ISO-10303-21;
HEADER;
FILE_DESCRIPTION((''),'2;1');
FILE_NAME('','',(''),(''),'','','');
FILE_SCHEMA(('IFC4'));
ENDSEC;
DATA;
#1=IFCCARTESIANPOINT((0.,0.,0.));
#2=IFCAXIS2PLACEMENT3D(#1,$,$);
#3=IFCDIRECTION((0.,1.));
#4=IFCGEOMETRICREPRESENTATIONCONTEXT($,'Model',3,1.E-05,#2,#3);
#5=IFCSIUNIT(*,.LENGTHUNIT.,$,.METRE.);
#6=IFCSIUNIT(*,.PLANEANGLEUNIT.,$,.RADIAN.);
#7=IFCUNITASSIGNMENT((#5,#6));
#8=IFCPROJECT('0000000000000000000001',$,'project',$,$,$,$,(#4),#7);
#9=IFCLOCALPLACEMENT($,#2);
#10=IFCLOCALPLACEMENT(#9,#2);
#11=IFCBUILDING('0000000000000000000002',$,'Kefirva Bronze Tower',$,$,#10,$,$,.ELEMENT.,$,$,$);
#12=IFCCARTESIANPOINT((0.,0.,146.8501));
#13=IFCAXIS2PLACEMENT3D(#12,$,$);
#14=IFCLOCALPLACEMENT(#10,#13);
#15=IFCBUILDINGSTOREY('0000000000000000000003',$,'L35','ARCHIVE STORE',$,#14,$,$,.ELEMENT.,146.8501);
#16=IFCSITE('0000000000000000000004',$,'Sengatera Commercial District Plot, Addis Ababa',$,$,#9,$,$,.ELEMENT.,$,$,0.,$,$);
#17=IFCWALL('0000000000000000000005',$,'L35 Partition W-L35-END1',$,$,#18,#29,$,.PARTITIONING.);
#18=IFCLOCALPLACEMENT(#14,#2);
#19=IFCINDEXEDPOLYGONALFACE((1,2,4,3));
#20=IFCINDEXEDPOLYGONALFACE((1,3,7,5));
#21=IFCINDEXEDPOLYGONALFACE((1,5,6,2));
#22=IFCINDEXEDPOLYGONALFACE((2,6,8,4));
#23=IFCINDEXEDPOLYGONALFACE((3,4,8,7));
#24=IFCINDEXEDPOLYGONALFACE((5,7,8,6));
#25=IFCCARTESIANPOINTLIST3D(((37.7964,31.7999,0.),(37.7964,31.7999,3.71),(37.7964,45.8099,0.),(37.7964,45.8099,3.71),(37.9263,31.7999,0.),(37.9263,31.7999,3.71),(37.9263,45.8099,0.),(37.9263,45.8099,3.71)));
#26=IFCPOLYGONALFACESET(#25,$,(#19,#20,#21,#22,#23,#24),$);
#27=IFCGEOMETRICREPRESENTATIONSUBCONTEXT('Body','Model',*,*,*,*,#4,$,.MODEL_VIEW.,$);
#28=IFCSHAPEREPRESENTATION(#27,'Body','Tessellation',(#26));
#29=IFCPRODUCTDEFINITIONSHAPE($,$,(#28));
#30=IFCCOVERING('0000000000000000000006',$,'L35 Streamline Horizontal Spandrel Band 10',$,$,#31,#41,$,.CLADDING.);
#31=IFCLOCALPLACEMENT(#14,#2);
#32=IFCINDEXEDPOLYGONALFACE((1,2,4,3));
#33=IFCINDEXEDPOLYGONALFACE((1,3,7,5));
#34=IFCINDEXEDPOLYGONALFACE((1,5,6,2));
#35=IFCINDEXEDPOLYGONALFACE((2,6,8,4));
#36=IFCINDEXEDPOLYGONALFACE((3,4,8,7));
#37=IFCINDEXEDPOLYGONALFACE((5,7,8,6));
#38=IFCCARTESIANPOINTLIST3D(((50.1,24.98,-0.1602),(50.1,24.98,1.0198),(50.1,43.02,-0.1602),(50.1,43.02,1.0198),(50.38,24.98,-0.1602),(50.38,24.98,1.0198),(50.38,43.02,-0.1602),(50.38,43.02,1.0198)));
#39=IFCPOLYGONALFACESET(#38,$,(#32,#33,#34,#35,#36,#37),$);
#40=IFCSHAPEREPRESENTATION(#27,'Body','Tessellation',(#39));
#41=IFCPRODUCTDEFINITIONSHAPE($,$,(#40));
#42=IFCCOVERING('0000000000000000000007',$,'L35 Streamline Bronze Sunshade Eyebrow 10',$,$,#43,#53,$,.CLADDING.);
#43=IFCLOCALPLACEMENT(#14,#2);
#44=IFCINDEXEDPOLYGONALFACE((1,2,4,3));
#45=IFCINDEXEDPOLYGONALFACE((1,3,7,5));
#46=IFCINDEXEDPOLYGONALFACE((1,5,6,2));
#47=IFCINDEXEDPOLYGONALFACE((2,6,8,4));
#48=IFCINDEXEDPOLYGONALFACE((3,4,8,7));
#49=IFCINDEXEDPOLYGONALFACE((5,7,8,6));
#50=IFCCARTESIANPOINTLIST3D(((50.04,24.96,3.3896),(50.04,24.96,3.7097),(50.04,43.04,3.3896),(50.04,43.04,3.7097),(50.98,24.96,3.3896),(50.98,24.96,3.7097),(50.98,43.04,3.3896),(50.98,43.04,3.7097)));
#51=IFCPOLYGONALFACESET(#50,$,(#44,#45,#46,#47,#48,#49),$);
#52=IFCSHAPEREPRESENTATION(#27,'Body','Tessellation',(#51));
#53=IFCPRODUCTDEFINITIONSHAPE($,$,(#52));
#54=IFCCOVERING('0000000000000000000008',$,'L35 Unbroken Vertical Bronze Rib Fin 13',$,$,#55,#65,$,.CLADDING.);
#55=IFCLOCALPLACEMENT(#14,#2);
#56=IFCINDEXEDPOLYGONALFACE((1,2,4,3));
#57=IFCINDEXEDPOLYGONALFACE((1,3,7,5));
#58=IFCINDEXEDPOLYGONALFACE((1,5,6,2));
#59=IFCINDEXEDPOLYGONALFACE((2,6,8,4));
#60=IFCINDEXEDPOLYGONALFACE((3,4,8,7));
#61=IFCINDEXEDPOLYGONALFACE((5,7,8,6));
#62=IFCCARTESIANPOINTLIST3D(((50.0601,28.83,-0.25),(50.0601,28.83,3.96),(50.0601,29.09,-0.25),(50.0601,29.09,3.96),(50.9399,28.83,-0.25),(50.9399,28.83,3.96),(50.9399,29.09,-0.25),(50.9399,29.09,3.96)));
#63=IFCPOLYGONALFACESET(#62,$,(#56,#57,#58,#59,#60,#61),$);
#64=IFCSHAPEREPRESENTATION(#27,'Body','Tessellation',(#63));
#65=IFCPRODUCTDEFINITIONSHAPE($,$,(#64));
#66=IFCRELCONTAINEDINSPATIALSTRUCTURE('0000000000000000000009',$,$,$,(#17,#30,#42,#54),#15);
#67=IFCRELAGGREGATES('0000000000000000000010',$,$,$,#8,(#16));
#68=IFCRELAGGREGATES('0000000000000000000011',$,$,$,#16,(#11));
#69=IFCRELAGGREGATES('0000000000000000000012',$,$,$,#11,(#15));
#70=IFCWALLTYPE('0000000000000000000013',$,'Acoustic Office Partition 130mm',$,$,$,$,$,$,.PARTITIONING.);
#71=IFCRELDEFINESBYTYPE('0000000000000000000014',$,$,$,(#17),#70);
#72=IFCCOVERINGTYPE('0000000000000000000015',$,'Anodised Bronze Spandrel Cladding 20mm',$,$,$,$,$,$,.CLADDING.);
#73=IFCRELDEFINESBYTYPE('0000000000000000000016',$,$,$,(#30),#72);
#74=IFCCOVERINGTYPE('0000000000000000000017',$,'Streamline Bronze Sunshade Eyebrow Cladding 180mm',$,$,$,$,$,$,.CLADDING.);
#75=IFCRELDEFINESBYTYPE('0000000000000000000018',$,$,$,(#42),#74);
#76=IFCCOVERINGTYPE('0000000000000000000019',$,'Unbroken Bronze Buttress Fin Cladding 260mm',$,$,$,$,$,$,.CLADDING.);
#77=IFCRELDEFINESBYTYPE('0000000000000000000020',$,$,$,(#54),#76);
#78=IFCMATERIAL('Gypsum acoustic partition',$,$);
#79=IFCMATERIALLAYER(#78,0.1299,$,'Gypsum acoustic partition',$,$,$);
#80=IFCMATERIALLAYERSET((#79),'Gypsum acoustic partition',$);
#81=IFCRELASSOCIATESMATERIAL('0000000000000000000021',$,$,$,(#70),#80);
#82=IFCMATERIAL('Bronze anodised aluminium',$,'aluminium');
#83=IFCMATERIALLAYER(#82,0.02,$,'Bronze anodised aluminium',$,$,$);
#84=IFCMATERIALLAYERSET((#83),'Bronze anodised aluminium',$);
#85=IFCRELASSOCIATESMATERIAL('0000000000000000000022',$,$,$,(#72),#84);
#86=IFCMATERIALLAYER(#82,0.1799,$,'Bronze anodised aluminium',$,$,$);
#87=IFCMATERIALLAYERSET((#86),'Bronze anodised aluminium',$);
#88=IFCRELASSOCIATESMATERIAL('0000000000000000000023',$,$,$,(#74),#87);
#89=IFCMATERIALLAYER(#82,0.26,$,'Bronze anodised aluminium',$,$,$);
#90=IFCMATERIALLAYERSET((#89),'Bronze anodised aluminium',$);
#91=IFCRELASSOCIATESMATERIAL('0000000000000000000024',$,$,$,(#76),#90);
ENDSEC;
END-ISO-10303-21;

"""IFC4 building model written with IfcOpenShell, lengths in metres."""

from ifc_helpers import new_model, si_unit, direction, frame, frame_2d, origin, origin_2d, place, context, subcontext, project, spatial, rectangle, extrude, material, layer, layer_set, type_object, element, save


model = new_model("IFC4")

# Units and contexts
model_context = context("Model", 3, precision=1e-05, world=origin(), true_north=direction((0.0, 1.0)))
body_context = subcontext(model_context, "Body", "Model", "MODEL_VIEW")
ifc_project = project(units=[si_unit("LENGTHUNIT", "METRE"), si_unit("PLANEANGLEUNIT", "RADIAN")], contexts=[model_context])

# Site, building, storey
site_placement = place(None, origin())
site = spatial("IfcSite", under=ifc_project, at=site_placement, Name="Sengatera Commercial District Plot, Addis Ababa", CompositionType="ELEMENT", RefElevation=0.0)
building_placement = place(site_placement, origin())
building = spatial("IfcBuilding", under=site, at=building_placement, Name="Kefirva Bronze Tower", CompositionType="ELEMENT")
storey_placement = place(building_placement, frame((0.0, 0.0, 146.8501)))
storey = spatial("IfcBuildingStorey", under=building, at=storey_placement, Name="L35", Description="ARCHIVE STORE", CompositionType="ELEMENT", Elevation=146.8501)

# Shared definitions
ifc_material_1 = material(Name="Bronze anodised aluminium", Category="aluminium")

# Wall
ifc_material_2 = material(Name="Gypsum acoustic partition")
ifc_layer_1 = layer(ifc_material_2, 0.1299, Name="Gypsum acoustic partition")
ifc_layer_set_1 = layer_set([ifc_layer_1], Name="Gypsum acoustic partition")
wall_type = type_object("IfcWallType", Name="Acoustic Office Partition 130mm", PredefinedType="PARTITIONING", material=ifc_layer_set_1)
wall_placement = place(storey_placement, frame((37.8613, 31.8, 0.0), z_axis=(0.0, 0.0, 1.0), x_axis=(0.0, 1.0, 0.0)))
element("IfcWall", 1, at=wall_placement, inside=storey, type_object=wall_type, Name="L35 Partition W-L35-END1", PredefinedType="PARTITIONING", context=body_context, shape_type="SweptSolid", body=[
    extrude(rectangle(XDim=14.01, YDim=0.1299, at=frame_2d((7.0049, 0.0))), origin(), (0.0, 0.0, 1.0), 3.71),
])

# Coverings
ifc_layer_2 = layer(ifc_material_1, 0.02, Name="Bronze anodised aluminium")
ifc_layer_set_2 = layer_set([ifc_layer_2], Name="Bronze anodised aluminium")
covering_type_1 = type_object("IfcCoveringType", Name="Anodised Bronze Spandrel Cladding 20mm", PredefinedType="CLADDING", material=ifc_layer_set_2)
covering_1_placement = place(storey_placement, frame((50.24, 34.0, -0.1602), z_axis=(0.0, 0.0, 1.0), x_axis=(0.0, 1.0, 0.0)))
element("IfcCovering", 2, at=covering_1_placement, inside=storey, type_object=covering_type_1, Name="L35 Streamline Horizontal Spandrel Band 10", PredefinedType="CLADDING", context=body_context, shape_type="SweptSolid", body=[
    extrude(rectangle(XDim=18.04, YDim=0.28, at=origin_2d()), origin(), (0.0, 0.0, 1.0), 1.1799),
])
ifc_layer_3 = layer(ifc_material_1, 0.1799, Name="Bronze anodised aluminium")
ifc_layer_set_3 = layer_set([ifc_layer_3], Name="Bronze anodised aluminium")
covering_type_2 = type_object("IfcCoveringType", Name="Streamline Bronze Sunshade Eyebrow Cladding 180mm", PredefinedType="CLADDING", material=ifc_layer_set_3)
covering_2_placement = place(storey_placement, frame((50.51, 34.0, 3.3896), z_axis=(0.0, 0.0, 1.0), x_axis=(0.0, 1.0, 0.0)))
element("IfcCovering", 3, at=covering_2_placement, inside=storey, type_object=covering_type_2, Name="L35 Streamline Bronze Sunshade Eyebrow 10", PredefinedType="CLADDING", context=body_context, shape_type="SweptSolid", body=[
    extrude(rectangle(XDim=18.0801, YDim=0.9399, at=origin_2d()), origin(), (0.0, 0.0, 1.0), 0.3201),
])
ifc_layer_4 = layer(ifc_material_1, 0.26, Name="Bronze anodised aluminium")
ifc_layer_set_4 = layer_set([ifc_layer_4], Name="Bronze anodised aluminium")
covering_type_3 = type_object("IfcCoveringType", Name="Unbroken Bronze Buttress Fin Cladding 260mm", PredefinedType="CLADDING", material=ifc_layer_set_4)
covering_3_placement = place(storey_placement, frame((50.5, 28.96, -0.25), z_axis=(0.0, 0.0, 1.0), x_axis=(0.0, 1.0, 0.0)))
element("IfcCovering", 4, at=covering_3_placement, inside=storey, type_object=covering_type_3, Name="L35 Unbroken Vertical Bronze Rib Fin 13", PredefinedType="CLADDING", context=body_context, shape_type="SweptSolid", body=[
    extrude(rectangle(XDim=0.26, YDim=0.8799, at=origin_2d()), origin(), (0.0, 0.0, 1.0), 4.21),
])

save(model, "model.ifc")
